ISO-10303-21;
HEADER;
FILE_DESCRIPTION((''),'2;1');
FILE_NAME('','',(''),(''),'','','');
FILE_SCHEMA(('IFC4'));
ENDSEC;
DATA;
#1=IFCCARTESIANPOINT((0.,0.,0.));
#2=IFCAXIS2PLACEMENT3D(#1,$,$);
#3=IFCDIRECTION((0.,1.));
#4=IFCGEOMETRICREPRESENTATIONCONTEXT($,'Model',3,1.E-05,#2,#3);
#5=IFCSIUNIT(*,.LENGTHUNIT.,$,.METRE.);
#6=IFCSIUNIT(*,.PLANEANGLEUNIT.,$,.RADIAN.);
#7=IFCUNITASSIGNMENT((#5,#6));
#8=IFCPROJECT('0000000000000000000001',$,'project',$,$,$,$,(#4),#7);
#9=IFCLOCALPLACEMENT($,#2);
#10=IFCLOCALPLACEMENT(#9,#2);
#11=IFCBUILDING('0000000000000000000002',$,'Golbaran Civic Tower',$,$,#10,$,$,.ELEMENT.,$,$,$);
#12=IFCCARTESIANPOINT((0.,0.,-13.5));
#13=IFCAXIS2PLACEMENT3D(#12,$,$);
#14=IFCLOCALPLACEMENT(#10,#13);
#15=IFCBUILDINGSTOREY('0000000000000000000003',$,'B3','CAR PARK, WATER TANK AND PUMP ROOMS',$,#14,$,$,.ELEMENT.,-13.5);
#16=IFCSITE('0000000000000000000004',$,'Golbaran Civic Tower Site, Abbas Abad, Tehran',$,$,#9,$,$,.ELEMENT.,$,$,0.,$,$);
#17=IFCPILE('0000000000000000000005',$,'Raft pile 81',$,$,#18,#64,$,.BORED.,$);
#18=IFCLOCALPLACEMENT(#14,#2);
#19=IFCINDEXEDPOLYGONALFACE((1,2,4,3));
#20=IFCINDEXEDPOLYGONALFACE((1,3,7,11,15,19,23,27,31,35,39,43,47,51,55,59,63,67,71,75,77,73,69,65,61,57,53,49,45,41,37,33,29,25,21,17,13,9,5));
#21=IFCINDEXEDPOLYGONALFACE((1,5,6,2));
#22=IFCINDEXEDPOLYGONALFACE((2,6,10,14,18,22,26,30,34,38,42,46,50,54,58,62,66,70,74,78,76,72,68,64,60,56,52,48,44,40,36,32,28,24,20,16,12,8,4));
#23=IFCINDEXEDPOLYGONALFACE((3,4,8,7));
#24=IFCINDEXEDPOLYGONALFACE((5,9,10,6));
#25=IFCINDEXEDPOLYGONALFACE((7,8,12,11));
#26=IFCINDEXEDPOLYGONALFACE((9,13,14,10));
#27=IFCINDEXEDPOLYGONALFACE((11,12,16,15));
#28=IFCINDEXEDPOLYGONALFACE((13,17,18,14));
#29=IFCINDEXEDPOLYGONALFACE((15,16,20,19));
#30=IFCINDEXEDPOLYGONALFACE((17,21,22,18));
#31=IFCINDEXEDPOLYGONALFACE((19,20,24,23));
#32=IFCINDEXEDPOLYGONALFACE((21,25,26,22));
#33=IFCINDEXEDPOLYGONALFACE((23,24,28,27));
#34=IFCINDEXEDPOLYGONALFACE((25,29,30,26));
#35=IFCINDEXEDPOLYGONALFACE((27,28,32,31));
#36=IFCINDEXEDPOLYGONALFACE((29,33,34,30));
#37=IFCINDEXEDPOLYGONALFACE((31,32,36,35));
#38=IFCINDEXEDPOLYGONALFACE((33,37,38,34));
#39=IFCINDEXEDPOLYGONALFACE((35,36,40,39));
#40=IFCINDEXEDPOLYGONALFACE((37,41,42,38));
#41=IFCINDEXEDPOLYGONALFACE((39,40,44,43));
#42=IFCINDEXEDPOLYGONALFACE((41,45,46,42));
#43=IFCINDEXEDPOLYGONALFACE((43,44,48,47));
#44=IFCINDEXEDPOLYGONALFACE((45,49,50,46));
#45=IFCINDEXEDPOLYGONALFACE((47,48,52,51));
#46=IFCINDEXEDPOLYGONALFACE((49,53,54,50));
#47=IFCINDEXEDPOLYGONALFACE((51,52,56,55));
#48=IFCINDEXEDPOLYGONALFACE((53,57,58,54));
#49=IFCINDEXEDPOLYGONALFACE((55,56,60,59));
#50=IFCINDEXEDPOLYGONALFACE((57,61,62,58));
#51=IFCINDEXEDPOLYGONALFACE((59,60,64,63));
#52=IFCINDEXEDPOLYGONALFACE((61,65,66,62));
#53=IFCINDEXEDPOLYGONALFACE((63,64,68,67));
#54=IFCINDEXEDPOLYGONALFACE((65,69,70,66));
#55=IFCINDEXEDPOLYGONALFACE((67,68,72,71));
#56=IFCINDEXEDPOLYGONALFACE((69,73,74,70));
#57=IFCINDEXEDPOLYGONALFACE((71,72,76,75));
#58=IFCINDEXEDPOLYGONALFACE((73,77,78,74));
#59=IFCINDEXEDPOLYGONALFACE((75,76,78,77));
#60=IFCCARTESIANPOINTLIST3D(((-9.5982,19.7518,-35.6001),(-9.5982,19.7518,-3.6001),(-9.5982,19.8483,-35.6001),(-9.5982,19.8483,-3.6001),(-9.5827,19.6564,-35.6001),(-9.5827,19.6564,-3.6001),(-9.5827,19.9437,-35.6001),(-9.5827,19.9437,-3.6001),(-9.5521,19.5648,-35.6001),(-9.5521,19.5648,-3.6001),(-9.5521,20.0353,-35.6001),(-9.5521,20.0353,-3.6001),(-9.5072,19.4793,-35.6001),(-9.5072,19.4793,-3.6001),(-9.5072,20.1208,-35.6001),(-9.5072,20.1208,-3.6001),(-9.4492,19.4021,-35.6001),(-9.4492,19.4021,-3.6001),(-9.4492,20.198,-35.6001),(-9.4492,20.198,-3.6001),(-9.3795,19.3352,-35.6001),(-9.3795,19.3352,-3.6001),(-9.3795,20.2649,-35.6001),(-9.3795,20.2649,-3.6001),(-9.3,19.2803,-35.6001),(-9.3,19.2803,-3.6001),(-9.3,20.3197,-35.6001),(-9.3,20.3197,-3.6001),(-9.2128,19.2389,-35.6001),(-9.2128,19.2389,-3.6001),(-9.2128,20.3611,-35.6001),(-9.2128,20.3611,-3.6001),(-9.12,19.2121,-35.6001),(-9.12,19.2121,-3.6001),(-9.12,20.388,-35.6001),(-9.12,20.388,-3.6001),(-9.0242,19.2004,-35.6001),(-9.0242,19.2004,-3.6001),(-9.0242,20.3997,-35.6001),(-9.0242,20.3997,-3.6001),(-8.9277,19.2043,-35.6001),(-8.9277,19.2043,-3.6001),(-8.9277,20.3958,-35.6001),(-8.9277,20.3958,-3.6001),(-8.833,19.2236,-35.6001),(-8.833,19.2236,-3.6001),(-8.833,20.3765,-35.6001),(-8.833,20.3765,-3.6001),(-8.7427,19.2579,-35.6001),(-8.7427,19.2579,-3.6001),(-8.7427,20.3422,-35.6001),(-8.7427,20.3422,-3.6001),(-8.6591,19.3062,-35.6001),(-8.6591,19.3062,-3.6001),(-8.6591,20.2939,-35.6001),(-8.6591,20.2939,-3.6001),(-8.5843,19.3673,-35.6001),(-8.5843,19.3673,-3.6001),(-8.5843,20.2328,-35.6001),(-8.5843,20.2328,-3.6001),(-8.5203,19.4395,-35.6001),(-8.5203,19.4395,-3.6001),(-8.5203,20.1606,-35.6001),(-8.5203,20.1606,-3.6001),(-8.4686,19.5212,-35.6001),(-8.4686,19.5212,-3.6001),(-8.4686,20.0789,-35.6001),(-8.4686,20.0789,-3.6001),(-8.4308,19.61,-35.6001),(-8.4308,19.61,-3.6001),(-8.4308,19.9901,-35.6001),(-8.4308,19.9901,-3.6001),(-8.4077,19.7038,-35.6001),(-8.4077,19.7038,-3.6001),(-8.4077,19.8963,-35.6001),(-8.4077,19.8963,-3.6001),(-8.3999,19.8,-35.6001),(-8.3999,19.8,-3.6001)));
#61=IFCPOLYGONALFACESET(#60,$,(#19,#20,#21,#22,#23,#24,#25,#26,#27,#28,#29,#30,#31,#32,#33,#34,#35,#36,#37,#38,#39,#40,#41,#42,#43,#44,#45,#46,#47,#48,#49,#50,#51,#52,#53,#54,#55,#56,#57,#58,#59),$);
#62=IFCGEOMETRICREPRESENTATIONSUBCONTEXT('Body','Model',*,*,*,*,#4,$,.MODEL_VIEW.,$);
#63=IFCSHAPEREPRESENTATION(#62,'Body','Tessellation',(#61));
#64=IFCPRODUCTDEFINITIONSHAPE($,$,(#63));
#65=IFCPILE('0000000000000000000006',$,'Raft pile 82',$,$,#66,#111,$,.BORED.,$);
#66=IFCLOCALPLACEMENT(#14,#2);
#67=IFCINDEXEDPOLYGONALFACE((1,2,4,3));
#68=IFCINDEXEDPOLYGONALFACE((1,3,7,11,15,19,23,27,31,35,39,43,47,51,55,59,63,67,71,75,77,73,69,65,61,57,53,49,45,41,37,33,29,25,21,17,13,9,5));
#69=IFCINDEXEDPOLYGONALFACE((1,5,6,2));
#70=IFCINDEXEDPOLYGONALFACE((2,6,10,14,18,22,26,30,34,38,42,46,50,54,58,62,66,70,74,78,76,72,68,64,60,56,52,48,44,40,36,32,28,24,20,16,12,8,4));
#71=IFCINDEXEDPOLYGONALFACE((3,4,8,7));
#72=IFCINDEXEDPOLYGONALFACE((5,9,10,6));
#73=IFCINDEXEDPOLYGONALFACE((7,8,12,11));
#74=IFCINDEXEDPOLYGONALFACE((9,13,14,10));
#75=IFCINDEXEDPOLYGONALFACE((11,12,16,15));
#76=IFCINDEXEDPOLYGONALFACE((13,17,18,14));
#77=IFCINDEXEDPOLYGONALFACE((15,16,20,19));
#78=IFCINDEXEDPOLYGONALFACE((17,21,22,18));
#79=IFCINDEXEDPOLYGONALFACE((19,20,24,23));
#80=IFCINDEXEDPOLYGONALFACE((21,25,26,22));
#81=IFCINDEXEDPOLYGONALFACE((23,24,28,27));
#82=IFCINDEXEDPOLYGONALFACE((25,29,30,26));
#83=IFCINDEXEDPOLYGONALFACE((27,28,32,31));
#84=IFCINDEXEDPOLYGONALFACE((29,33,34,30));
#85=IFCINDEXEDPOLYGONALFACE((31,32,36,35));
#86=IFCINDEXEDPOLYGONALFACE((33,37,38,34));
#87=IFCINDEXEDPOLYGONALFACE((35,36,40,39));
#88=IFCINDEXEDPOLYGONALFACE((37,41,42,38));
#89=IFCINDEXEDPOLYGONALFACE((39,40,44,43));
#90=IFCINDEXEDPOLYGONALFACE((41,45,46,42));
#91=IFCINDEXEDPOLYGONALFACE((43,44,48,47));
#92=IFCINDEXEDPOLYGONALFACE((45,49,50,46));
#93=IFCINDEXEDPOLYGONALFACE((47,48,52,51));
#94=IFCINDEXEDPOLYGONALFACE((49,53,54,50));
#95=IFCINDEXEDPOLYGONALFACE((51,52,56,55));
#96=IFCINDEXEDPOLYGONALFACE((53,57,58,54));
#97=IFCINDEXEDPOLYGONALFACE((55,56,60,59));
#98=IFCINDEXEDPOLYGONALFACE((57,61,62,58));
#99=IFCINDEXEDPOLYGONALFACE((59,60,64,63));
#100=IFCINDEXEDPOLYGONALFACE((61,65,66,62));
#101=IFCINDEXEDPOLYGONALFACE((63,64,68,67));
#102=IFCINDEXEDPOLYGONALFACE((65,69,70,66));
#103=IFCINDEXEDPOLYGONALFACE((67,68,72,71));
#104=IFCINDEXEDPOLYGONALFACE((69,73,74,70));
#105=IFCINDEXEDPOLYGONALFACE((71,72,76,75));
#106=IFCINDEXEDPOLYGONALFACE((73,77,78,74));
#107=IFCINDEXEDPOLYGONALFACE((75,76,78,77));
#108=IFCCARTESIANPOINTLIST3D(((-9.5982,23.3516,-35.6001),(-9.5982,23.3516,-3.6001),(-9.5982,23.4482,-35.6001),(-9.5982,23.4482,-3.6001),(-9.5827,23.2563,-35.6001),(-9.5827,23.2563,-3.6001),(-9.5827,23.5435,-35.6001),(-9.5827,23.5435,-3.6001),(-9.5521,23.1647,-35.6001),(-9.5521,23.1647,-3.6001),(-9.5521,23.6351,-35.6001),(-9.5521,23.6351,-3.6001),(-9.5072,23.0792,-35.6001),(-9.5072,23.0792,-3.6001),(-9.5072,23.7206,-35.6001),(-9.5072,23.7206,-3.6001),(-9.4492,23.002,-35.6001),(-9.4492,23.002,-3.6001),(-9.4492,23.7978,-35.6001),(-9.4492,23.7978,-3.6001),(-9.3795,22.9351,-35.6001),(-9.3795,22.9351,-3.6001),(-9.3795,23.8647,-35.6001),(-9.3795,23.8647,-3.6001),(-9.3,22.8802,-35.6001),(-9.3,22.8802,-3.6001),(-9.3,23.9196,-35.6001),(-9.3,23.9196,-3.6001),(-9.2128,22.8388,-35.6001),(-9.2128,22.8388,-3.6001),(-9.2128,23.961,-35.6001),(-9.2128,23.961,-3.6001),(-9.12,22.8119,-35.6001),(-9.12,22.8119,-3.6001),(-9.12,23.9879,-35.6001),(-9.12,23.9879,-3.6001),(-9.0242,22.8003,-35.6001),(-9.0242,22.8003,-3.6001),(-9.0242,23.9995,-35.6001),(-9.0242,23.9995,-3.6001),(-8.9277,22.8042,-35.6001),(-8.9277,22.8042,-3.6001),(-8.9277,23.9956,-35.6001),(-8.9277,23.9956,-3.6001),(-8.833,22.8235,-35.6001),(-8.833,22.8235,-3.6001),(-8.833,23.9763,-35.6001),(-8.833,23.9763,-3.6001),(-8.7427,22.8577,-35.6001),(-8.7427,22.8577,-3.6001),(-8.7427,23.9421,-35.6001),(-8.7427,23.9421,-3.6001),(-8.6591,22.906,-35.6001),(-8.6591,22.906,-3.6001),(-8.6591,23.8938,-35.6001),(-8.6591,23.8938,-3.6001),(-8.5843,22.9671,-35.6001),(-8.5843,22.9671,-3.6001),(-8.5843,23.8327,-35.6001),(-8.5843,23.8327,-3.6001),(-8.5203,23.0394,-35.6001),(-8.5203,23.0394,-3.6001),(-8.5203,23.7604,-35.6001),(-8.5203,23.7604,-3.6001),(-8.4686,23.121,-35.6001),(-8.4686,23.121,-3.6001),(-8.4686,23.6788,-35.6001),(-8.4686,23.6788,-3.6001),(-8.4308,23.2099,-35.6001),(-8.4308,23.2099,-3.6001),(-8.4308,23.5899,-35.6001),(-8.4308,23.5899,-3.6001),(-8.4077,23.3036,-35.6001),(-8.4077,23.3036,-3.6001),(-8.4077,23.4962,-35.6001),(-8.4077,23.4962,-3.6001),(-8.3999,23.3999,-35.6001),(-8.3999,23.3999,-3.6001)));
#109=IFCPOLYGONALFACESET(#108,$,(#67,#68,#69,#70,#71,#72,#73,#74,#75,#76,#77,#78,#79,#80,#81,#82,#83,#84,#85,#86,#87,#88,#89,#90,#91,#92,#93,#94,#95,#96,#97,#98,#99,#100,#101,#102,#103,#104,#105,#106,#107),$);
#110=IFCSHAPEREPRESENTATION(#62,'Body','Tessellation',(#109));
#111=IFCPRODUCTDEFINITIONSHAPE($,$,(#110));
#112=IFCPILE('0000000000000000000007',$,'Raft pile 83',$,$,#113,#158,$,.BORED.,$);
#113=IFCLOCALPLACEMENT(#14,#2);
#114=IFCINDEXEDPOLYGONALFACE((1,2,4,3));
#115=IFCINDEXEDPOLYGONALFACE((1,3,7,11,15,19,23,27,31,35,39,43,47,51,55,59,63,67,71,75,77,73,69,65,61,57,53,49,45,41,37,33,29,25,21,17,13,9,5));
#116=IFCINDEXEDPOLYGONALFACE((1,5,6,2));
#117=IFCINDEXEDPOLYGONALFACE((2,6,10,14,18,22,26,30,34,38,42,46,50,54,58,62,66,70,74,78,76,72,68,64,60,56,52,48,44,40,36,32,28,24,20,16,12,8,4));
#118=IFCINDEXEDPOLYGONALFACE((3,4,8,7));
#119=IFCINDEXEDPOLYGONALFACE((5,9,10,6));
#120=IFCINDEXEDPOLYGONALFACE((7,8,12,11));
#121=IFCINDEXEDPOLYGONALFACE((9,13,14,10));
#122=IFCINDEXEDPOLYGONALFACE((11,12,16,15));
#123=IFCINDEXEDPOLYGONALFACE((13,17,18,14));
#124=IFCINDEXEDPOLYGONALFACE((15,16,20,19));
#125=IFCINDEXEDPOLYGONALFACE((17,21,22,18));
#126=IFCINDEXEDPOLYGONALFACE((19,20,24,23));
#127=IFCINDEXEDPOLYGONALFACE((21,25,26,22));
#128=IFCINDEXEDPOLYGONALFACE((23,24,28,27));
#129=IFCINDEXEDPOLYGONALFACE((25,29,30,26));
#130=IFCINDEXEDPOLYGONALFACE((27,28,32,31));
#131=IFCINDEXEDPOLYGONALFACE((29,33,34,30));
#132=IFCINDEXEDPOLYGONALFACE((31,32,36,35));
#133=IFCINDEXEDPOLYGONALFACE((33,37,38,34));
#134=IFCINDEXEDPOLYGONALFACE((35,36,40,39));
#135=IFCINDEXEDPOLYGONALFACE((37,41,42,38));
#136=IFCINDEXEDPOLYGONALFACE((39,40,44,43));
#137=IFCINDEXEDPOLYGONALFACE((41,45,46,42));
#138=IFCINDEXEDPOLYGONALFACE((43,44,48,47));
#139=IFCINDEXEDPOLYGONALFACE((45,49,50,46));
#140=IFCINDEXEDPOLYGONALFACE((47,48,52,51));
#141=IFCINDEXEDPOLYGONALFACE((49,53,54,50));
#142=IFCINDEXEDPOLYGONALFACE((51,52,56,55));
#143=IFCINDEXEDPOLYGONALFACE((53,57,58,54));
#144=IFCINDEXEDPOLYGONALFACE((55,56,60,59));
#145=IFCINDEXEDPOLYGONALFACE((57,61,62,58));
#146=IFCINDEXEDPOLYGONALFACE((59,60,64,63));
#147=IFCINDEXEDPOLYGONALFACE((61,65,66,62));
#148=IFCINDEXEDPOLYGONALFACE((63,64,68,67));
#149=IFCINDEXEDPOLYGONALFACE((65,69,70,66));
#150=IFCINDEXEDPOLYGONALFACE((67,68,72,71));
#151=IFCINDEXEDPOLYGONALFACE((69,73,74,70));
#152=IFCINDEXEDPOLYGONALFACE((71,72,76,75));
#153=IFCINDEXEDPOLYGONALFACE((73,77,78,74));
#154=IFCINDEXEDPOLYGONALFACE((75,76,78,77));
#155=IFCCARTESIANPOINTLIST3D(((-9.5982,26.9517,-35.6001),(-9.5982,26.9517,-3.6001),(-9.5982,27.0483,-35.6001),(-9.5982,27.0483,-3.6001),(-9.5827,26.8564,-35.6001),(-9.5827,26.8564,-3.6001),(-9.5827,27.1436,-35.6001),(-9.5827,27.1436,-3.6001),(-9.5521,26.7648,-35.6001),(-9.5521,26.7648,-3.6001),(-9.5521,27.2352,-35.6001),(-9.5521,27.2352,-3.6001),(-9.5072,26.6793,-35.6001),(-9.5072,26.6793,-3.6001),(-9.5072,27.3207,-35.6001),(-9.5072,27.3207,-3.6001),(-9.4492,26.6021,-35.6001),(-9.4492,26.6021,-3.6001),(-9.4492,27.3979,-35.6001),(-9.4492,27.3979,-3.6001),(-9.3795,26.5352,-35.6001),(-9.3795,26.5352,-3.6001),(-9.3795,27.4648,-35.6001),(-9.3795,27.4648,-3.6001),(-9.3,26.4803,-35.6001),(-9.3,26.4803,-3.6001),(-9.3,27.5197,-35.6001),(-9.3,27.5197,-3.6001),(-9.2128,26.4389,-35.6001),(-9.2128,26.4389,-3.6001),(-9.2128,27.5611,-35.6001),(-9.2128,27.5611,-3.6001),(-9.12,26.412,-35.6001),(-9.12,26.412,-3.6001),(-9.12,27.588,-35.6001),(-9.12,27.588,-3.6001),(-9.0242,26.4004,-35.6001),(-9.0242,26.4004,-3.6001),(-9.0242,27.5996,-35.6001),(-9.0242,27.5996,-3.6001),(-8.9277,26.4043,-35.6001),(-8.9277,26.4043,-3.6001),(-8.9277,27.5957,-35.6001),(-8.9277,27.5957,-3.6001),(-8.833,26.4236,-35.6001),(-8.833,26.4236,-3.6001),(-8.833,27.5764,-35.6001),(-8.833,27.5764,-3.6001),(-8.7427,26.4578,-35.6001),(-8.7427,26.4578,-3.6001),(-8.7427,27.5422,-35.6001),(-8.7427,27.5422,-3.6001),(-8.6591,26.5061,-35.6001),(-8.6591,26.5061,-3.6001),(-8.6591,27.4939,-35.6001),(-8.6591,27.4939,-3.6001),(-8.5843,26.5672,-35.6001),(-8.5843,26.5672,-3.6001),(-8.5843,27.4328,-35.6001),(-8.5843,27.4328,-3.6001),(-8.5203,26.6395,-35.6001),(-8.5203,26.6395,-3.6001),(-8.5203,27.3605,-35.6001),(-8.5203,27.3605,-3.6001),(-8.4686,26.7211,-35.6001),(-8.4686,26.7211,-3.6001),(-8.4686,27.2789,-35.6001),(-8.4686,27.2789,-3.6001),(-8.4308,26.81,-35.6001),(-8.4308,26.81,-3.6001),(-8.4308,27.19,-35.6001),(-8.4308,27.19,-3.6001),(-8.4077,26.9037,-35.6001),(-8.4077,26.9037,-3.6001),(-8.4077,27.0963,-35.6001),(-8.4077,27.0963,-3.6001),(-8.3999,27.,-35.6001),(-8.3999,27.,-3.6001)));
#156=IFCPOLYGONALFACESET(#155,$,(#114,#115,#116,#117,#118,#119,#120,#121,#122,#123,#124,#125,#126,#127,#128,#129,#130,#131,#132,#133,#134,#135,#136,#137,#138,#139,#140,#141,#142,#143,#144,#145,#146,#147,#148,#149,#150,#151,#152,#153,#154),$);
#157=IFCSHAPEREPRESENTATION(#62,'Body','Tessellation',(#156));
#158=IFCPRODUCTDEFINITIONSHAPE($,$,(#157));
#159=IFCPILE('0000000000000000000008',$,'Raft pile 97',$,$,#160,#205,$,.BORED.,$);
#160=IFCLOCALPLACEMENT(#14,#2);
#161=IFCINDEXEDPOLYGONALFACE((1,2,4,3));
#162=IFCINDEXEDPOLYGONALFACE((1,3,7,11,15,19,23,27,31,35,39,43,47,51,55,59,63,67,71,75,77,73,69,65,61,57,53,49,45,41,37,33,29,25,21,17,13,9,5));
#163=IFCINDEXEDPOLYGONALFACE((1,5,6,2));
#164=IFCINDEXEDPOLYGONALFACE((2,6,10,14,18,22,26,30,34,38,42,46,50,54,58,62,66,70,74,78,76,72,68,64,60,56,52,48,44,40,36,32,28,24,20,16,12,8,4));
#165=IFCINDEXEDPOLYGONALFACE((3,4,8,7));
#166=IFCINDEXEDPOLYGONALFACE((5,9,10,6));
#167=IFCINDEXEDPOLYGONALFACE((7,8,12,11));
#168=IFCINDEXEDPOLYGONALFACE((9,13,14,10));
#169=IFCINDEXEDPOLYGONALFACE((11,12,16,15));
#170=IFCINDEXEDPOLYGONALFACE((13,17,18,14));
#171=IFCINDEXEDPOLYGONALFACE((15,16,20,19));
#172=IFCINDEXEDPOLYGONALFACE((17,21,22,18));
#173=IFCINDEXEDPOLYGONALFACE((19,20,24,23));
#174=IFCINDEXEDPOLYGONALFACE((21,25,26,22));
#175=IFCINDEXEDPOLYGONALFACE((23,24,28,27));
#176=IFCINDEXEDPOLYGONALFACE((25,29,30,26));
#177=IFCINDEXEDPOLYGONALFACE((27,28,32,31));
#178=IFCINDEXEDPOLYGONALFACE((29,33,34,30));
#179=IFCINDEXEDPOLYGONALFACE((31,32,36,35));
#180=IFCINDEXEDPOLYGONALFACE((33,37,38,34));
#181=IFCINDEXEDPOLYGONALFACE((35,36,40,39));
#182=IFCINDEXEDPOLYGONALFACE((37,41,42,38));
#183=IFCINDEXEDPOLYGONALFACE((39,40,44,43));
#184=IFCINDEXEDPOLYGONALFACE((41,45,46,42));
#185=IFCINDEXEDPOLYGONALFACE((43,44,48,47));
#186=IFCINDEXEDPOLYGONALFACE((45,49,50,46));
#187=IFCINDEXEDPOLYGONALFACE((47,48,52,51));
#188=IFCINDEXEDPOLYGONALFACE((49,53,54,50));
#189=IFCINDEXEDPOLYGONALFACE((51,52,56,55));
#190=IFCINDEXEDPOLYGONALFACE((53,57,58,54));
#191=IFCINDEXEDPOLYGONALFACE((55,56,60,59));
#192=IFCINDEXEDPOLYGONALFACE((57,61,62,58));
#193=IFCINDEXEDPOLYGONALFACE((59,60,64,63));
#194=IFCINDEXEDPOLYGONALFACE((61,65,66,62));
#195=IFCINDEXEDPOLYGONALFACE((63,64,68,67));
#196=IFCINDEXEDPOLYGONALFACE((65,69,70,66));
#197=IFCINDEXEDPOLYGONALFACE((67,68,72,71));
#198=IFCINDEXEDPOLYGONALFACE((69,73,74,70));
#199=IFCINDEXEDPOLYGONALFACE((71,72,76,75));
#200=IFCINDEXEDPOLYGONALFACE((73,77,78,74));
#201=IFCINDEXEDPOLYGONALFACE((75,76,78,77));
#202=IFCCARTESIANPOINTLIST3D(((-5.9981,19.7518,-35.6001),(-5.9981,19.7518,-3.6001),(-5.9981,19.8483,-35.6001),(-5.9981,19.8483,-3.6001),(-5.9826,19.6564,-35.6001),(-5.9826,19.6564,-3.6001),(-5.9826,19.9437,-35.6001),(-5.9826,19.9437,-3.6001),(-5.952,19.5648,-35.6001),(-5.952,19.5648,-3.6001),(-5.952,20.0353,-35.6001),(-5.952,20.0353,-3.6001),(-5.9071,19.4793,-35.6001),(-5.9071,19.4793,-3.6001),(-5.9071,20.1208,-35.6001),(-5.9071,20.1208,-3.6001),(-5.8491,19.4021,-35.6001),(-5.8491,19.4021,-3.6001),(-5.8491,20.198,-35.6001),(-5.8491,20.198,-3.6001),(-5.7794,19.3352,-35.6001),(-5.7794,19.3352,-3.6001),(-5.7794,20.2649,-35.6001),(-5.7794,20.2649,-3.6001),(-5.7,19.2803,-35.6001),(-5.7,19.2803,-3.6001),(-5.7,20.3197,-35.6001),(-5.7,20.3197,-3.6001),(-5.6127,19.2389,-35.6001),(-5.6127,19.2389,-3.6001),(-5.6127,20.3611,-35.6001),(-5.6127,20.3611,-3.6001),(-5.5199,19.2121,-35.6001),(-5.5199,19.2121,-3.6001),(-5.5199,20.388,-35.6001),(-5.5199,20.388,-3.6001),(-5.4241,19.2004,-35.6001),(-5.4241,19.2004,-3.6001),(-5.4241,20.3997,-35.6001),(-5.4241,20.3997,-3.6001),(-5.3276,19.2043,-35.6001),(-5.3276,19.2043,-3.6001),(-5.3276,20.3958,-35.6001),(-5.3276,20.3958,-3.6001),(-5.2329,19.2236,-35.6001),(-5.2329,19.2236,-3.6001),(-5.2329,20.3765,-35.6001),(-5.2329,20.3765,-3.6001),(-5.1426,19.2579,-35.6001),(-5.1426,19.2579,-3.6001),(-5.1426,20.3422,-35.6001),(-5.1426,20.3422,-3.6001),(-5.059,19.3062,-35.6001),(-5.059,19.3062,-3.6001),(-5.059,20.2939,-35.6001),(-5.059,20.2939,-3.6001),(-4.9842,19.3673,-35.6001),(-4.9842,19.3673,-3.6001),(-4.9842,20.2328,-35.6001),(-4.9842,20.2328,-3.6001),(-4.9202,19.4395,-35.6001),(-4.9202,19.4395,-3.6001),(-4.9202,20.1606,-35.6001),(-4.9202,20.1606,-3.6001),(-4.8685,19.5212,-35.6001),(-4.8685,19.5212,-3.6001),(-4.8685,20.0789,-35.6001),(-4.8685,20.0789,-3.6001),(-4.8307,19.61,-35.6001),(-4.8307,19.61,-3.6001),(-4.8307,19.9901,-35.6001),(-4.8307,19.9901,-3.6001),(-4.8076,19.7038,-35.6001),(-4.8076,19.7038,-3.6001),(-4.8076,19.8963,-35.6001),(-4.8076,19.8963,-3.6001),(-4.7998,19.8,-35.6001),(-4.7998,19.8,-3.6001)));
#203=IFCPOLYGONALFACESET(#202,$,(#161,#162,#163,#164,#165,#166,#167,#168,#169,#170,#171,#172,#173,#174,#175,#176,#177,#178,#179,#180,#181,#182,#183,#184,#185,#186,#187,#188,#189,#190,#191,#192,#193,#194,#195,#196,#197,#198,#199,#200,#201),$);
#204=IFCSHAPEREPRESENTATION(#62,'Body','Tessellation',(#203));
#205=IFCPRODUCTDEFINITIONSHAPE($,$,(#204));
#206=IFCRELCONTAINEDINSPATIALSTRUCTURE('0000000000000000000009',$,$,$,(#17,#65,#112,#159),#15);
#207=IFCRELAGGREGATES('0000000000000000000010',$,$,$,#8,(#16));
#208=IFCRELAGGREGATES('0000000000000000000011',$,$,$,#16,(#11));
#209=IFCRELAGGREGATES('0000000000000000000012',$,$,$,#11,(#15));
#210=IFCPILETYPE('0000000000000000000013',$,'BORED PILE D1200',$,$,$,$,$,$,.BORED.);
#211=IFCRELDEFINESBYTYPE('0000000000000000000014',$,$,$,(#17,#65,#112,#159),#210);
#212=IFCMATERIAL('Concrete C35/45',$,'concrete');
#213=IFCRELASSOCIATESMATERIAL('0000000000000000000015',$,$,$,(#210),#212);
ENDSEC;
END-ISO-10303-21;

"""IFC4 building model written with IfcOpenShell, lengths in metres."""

from ifc_helpers import new_model, si_unit, direction, frame, origin, origin_2d, place, context, subcontext, project, spatial, circle, extrude, material, material_profile, profile_set, type_object, element, save


model = new_model("IFC4")

# Units and contexts
model_context = context("Model", 3, precision=1e-05, world=origin(), true_north=direction((0.0, 1.0)))
body_context = subcontext(model_context, "Body", "Model", "MODEL_VIEW")
ifc_project = project(units=[si_unit("LENGTHUNIT", "METRE"), si_unit("PLANEANGLEUNIT", "RADIAN")], contexts=[model_context])

# Site, building, storey
site_placement = place(None, origin())
site = spatial("IfcSite", under=ifc_project, at=site_placement, Name="Golbaran Civic Tower Site, Abbas Abad, Tehran", CompositionType="ELEMENT", RefElevation=0.0)
building_placement = place(site_placement, origin())
building = spatial("IfcBuilding", under=site, at=building_placement, Name="Golbaran Civic Tower", CompositionType="ELEMENT")
storey_placement = place(building_placement, frame((0.0, 0.0, -13.5)))
storey = spatial("IfcBuildingStorey", under=building, at=storey_placement, Name="B3", Description="CAR PARK, WATER TANK AND PUMP ROOMS", CompositionType="ELEMENT", Elevation=-13.5)

# Piles
ifc_material_1 = material(Name="Concrete C35/45", Category="concrete")
ifc_material_profile_1 = material_profile(ifc_material_1, circle(Radius=0.6001, at=origin_2d()), Name="BORED PILE D1200")
ifc_profile_set_1 = profile_set([ifc_material_profile_1], Name="Concrete C35/45")
pile_type_1 = type_object("IfcPileType", Name="BORED PILE D1200", PredefinedType="BORED", material=ifc_profile_set_1)
for number, where, z_axis, x_axis, name in (
    (1, (-9.0, 19.8, -3.6001), (0.0, 0.0, -1.0), (1.0, 0.0, 0.0), "Raft pile 81"),
    (2, (-9.0, 23.3999, -3.6001), (0.0, 0.0, -1.0), (1.0, 0.0, 0.0), "Raft pile 82"),
    (3, (-9.0, 27.0, -3.6001), (0.0, 0.0, -1.0), (1.0, 0.0, 0.0), "Raft pile 83"),
    (4, (-5.3999, 19.8, -3.6001), (0.0, 0.0, -1.0), (1.0, 0.0, 0.0), "Raft pile 97"),
):
    element("IfcPile", number, at=place(storey_placement, frame(where, z_axis=z_axis, x_axis=x_axis)), inside=storey, type_object=pile_type_1, Name=name, PredefinedType="BORED", context=body_context, shape_type="SweptSolid", body=[
        extrude(circle(Radius=0.6001, at=origin_2d()), origin(), (0.0, 0.0, 1.0), 32.0),
    ])

save(model, "model.ifc")
